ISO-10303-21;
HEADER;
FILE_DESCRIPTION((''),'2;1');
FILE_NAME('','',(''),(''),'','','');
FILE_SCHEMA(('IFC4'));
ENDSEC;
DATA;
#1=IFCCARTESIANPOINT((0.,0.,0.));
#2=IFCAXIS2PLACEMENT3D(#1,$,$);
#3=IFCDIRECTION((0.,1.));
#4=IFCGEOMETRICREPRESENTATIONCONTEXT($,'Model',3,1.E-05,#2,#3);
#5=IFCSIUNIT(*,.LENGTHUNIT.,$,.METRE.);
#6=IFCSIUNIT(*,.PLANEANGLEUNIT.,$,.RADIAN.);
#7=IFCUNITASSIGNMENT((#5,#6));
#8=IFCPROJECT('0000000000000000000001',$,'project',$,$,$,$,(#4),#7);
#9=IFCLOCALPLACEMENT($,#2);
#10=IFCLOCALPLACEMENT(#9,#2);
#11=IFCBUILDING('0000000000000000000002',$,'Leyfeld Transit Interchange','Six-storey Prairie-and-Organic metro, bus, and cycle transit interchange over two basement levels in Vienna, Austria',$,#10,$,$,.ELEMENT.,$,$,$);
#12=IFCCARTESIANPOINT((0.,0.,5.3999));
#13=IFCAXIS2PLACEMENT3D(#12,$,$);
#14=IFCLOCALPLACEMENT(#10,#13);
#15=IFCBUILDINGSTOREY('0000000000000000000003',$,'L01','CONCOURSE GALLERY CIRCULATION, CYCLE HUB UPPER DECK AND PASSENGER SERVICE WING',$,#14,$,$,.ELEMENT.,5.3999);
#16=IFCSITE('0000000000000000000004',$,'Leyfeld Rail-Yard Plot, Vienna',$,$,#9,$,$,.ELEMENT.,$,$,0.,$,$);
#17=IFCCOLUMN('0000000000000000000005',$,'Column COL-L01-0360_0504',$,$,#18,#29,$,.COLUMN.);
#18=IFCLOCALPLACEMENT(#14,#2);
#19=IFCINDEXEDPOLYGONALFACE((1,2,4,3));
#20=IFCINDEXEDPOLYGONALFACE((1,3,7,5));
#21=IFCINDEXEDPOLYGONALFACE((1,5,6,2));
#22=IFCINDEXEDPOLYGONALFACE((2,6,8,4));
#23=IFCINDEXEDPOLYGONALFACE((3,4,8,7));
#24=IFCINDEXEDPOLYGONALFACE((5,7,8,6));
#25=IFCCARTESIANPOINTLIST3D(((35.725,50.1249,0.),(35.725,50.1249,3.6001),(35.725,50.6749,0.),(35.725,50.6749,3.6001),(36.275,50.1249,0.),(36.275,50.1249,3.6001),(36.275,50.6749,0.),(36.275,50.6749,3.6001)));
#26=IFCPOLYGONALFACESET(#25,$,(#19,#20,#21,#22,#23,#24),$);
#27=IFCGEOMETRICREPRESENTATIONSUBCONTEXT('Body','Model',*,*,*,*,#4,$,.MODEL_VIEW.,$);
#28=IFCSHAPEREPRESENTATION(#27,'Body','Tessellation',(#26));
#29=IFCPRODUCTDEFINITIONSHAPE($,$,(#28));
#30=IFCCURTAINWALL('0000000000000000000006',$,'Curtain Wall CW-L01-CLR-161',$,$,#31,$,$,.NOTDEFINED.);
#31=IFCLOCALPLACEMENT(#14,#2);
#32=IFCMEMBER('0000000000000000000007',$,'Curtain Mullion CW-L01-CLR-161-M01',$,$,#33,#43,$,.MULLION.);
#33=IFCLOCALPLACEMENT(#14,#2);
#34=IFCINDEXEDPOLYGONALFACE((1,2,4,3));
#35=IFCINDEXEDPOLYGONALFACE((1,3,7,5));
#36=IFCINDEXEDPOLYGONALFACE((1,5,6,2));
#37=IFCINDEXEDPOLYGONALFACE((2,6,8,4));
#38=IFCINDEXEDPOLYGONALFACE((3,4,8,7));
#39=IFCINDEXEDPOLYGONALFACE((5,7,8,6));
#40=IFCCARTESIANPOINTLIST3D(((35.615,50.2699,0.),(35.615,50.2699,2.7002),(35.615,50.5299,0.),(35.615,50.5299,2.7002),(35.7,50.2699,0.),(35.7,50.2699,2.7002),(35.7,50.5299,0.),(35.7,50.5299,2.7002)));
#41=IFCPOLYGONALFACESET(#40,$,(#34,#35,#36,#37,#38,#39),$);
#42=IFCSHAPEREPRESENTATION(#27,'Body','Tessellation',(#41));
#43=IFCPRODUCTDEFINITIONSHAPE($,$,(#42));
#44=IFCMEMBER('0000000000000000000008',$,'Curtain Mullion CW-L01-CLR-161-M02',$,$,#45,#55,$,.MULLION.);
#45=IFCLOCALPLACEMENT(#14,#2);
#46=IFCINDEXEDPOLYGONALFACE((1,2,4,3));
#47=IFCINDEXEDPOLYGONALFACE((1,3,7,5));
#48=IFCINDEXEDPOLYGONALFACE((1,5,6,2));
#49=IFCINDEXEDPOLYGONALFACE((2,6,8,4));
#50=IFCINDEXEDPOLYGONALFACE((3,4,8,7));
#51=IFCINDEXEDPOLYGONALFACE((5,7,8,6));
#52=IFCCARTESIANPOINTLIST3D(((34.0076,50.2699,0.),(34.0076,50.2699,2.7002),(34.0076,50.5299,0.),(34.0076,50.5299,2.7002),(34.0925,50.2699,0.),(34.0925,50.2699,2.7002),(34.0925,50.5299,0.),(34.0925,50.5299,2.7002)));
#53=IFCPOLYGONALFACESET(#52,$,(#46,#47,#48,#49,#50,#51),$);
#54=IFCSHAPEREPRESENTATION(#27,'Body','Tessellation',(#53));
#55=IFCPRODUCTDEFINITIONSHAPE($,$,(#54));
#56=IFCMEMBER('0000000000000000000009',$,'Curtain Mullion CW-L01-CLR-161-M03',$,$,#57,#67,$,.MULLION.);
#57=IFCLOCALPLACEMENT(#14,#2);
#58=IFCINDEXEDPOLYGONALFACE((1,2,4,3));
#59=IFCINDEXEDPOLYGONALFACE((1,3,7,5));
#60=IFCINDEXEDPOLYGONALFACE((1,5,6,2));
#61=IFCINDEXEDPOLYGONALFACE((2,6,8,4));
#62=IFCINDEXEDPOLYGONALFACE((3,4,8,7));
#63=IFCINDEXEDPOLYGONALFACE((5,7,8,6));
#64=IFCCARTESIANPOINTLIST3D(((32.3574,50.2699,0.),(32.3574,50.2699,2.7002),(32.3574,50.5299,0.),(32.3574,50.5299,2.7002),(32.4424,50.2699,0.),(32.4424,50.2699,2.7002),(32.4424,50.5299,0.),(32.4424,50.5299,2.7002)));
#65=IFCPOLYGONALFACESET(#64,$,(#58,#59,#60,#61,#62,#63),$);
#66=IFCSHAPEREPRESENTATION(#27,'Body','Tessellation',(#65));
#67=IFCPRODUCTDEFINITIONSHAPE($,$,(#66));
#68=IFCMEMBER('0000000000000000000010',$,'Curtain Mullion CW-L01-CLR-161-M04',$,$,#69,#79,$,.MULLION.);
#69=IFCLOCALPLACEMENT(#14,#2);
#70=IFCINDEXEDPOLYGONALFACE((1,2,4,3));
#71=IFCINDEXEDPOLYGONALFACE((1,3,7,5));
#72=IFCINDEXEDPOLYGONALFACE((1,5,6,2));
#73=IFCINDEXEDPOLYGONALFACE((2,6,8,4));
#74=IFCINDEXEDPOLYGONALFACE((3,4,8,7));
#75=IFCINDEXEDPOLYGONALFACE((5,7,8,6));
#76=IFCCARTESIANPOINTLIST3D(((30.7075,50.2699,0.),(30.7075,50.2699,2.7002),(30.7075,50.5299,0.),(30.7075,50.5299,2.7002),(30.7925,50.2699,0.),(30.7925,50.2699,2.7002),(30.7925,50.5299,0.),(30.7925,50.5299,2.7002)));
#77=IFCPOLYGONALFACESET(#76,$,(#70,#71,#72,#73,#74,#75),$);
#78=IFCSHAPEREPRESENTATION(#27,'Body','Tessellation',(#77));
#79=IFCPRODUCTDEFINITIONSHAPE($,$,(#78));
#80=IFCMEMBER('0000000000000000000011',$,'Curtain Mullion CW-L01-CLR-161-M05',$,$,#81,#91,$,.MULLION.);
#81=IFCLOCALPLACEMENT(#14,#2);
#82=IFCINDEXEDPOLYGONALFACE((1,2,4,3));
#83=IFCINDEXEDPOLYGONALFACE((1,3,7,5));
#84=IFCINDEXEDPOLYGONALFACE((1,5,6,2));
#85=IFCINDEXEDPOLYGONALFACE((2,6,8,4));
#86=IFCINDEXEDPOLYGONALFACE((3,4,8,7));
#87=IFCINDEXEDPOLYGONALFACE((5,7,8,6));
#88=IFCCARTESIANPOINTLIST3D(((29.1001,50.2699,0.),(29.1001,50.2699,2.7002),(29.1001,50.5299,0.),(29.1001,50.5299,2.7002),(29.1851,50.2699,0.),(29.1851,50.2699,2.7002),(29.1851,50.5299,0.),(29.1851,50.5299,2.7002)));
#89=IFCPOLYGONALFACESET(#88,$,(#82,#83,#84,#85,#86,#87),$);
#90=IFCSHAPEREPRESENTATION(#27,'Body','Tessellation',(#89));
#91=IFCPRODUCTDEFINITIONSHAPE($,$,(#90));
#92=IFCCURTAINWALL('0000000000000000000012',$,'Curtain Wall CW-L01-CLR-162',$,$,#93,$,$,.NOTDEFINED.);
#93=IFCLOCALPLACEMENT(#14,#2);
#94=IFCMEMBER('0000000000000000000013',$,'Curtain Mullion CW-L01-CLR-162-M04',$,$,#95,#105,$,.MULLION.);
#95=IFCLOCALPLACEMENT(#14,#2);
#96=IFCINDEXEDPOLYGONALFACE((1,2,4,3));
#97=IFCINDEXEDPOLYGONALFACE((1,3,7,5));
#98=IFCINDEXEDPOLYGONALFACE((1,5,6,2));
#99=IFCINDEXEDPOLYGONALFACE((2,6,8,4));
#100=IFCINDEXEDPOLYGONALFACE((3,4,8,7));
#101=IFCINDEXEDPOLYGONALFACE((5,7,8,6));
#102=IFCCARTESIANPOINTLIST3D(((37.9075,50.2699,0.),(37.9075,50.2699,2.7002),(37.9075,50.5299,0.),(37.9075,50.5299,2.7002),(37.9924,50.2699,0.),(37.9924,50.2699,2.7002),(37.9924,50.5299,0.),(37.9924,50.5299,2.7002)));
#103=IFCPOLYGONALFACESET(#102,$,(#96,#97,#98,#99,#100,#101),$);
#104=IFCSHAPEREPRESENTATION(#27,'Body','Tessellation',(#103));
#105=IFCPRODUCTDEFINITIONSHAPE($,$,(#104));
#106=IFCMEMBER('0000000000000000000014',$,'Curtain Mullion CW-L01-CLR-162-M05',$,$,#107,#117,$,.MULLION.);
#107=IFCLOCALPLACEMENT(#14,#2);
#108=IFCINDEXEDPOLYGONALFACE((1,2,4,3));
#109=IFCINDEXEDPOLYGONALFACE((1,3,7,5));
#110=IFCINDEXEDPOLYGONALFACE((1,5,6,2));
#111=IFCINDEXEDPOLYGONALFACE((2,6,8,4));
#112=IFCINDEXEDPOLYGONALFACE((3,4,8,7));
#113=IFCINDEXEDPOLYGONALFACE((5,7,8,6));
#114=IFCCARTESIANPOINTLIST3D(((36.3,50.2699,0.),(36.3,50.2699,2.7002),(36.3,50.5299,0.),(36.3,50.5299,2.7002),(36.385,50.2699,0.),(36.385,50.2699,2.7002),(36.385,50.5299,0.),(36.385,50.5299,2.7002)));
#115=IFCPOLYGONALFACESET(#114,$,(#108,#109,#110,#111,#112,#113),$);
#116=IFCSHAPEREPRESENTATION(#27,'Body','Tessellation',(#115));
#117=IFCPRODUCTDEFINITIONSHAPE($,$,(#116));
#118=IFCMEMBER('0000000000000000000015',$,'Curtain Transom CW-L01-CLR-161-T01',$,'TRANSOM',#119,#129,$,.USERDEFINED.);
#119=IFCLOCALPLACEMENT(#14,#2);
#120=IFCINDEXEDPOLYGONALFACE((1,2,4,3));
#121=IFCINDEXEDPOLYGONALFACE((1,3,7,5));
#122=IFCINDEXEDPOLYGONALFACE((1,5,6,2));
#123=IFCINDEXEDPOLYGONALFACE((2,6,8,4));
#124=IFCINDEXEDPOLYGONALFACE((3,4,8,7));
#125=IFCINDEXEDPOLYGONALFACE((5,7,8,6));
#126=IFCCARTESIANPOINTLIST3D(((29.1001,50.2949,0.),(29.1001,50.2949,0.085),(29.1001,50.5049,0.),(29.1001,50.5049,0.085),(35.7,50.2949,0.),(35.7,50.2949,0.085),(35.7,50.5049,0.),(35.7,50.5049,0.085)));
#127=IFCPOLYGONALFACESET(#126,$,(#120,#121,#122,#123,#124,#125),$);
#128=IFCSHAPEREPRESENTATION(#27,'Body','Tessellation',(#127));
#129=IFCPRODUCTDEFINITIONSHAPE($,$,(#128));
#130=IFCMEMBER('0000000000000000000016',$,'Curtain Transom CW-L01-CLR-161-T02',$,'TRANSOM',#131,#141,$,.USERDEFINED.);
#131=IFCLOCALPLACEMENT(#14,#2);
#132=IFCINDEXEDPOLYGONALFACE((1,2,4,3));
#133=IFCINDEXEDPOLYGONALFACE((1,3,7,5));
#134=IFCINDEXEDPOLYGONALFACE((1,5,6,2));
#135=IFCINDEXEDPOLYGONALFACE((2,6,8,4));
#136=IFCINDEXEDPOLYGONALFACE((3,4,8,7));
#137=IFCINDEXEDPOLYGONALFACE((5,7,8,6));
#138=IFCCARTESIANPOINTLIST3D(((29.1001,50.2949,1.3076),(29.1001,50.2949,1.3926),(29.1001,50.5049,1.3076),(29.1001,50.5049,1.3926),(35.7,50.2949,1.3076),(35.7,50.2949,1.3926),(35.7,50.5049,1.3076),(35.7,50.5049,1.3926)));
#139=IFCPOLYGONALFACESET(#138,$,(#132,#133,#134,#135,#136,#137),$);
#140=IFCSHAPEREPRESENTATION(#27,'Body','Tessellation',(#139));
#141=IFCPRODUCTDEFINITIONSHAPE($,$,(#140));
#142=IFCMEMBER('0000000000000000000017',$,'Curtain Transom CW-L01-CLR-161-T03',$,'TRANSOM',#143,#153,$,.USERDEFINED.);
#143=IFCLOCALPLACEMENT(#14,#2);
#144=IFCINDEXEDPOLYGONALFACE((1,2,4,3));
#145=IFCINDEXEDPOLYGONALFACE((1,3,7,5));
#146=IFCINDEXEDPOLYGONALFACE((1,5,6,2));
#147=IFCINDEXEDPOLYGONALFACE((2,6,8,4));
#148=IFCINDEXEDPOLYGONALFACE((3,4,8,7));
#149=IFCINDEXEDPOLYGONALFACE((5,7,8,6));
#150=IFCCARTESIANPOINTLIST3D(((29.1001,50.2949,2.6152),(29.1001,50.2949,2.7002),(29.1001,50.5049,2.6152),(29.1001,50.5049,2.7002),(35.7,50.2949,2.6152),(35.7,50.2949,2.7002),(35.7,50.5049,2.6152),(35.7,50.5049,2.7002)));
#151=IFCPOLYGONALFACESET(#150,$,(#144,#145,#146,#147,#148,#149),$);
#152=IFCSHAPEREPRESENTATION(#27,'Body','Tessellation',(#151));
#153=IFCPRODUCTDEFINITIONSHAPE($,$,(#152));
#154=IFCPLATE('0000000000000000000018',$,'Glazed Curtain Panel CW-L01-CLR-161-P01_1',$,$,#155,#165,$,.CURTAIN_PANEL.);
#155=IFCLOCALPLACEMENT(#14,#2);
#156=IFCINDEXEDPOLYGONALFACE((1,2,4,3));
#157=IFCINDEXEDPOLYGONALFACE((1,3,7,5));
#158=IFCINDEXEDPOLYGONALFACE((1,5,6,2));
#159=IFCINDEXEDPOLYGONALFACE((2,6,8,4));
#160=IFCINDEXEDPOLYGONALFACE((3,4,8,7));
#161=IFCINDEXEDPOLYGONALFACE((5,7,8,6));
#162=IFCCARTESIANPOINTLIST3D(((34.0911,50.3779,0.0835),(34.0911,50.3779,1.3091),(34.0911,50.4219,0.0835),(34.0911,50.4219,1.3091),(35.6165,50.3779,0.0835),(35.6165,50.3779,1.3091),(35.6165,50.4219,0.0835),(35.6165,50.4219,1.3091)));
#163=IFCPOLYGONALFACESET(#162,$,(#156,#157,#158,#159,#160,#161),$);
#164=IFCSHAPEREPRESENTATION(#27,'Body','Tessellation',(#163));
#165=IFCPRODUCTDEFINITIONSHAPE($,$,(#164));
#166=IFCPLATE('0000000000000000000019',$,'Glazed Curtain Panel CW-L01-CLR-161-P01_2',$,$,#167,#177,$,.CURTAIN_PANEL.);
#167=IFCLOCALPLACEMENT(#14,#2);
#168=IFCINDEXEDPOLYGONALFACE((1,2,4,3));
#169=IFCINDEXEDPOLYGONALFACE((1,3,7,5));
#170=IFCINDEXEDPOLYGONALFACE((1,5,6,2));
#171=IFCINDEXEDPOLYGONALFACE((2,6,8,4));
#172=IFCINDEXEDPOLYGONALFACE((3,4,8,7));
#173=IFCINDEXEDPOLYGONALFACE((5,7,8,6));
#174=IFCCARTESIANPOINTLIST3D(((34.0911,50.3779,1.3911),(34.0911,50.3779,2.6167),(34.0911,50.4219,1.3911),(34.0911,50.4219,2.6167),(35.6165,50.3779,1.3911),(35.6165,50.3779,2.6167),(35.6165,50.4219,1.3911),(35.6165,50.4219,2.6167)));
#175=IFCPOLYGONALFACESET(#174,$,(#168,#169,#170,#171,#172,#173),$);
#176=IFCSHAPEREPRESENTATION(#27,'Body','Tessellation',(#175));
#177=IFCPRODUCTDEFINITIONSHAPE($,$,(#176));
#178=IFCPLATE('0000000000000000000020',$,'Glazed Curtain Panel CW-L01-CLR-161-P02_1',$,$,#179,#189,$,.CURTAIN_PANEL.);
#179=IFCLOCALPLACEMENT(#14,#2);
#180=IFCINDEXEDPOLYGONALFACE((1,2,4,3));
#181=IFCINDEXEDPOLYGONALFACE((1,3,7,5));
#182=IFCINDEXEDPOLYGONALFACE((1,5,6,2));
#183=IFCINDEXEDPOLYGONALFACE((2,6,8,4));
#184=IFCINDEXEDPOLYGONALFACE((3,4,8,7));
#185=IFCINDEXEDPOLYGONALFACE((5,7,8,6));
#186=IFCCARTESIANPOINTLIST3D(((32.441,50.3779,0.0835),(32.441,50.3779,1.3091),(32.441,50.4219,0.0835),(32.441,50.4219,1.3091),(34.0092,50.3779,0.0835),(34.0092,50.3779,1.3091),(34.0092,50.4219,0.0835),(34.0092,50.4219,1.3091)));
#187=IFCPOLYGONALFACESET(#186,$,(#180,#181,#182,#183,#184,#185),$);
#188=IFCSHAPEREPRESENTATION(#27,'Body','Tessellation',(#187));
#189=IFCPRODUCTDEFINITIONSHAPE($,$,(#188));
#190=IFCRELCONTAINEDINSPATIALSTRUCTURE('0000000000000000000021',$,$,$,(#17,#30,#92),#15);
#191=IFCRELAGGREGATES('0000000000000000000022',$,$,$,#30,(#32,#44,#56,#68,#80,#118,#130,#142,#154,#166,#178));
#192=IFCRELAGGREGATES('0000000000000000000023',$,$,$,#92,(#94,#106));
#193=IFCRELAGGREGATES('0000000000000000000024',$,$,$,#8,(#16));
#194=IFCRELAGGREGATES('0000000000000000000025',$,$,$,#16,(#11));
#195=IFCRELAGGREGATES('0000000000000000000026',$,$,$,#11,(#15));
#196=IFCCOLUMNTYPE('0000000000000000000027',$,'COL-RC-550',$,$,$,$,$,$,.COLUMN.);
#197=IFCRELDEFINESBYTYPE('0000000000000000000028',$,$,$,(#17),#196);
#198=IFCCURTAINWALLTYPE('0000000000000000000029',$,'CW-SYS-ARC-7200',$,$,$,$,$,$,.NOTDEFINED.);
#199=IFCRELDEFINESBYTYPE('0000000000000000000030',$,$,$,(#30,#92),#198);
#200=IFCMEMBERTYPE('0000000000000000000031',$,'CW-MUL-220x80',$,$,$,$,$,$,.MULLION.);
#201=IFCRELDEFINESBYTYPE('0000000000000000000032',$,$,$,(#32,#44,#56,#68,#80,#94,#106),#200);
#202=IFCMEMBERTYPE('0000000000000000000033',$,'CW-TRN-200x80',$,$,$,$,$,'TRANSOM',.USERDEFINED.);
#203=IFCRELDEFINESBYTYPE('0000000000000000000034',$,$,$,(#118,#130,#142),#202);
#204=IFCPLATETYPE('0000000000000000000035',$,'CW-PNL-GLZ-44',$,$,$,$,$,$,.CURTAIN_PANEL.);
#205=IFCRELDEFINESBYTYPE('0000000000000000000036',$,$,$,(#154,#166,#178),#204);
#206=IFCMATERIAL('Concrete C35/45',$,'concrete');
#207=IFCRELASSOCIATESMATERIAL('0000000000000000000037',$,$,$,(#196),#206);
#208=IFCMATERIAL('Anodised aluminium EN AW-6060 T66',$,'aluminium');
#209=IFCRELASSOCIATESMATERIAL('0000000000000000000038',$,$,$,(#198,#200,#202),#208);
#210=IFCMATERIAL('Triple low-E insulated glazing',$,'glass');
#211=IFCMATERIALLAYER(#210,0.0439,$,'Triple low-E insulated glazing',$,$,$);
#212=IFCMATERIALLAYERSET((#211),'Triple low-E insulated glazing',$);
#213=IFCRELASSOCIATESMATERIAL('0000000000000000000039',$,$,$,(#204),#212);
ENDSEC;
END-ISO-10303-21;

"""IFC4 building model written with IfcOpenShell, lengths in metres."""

from ifc_helpers import new_model, si_unit, direction, frame, origin, origin_2d, place, context, subcontext, project, spatial, rectangle, extrude, material, layer, layer_set, material_profile, profile_set, type_object, element, aggregate, save


model = new_model("IFC4")

# Units and contexts
model_context = context("Model", 3, precision=1e-05, world=origin(), true_north=direction((0.0, 1.0)))
body_context = subcontext(model_context, "Body", "Model", "MODEL_VIEW")
ifc_project = project(units=[si_unit("LENGTHUNIT", "METRE"), si_unit("PLANEANGLEUNIT", "RADIAN")], contexts=[model_context])

# Site, building, storey
site_placement = place(None, origin())
site = spatial("IfcSite", under=ifc_project, at=site_placement, Name="Leyfeld Rail-Yard Plot, Vienna", CompositionType="ELEMENT", RefElevation=0.0)
building_placement = place(site_placement, origin())
building = spatial("IfcBuilding", under=site, at=building_placement, Name="Leyfeld Transit Interchange", Description="Six-storey Prairie-and-Organic metro, bus, and cycle transit interchange over two basement levels in Vienna, Austria", CompositionType="ELEMENT")
storey_placement = place(building_placement, frame((0.0, 0.0, 5.3999)))
storey = spatial("IfcBuildingStorey", under=building, at=storey_placement, Name="L01", Description="CONCOURSE GALLERY CIRCULATION, CYCLE HUB UPPER DECK AND PASSENGER SERVICE WING", CompositionType="ELEMENT", Elevation=5.3999)

# Column
ifc_material_1 = material(Name="Concrete C35/45", Category="concrete")
ifc_material_profile_1 = material_profile(ifc_material_1, rectangle(XDim=0.55, YDim=0.55, at=origin_2d()), Name="RC 550x550")
ifc_profile_set_1 = profile_set([ifc_material_profile_1], Name="Concrete C35/45")
column_type = type_object("IfcColumnType", Name="COL-RC-550", PredefinedType="COLUMN", material=ifc_profile_set_1)
column_placement = place(storey_placement, frame((36.0, 50.3999, 0.0), z_axis=(0.0, 0.0, 1.0), x_axis=(1.0, 0.0, 0.0)))
element("IfcColumn", 1, at=column_placement, inside=storey, type_object=column_type, Name="Column COL-L01-0360_0504", PredefinedType="COLUMN", context=body_context, shape_type="SweptSolid", body=[
    extrude(rectangle(XDim=0.55, YDim=0.55, at=origin_2d()), origin(), (0.0, 0.0, 1.0), 3.6001),
])

# Curtain walls, members
ifc_material_2 = material(Name="Anodised aluminium EN AW-6060 T66", Category="aluminium")
curtain_wall_type = type_object("IfcCurtainWallType", Name="CW-SYS-ARC-7200", PredefinedType="NOTDEFINED", material=ifc_material_2)
curtain_wall_1_placement = place(storey_placement, origin())
curtain_wall_1 = element("IfcCurtainWall", 2, at=curtain_wall_1_placement, inside=storey, type_object=curtain_wall_type, Name="Curtain Wall CW-L01-CLR-161", PredefinedType="NOTDEFINED")
ifc_material_profile_2 = material_profile(ifc_material_2, rectangle(XDim=0.085, YDim=0.26, at=origin_2d()), Name="CW-M 85x260")
ifc_profile_set_2 = profile_set([ifc_material_profile_2], Name="Anodised aluminium EN AW-6060 T66")
member_type_1 = type_object("IfcMemberType", Name="CW-MUL-220x80", PredefinedType="MULLION", material=ifc_profile_set_2)
member_1_placement = place(storey_placement, frame((35.6575, 50.3999, 0.0), z_axis=(0.0, 0.0, 1.0), x_axis=(-1.0, 0.0, 0.0)))
member_1 = element("IfcMember", 3, at=member_1_placement, type_object=member_type_1, Name="Curtain Mullion CW-L01-CLR-161-M01", PredefinedType="MULLION", context=body_context, shape_type="SweptSolid", body=[
    extrude(rectangle(XDim=0.085, YDim=0.26, at=origin_2d()), origin(), (0.0, 0.0, 1.0), 2.7002),
])
member_2_placement = place(storey_placement, frame((34.05, 50.3999, 0.0), z_axis=(0.0, 0.0, 1.0), x_axis=(-1.0, 0.0, 0.0)))
member_2 = element("IfcMember", 4, at=member_2_placement, type_object=member_type_1, Name="Curtain Mullion CW-L01-CLR-161-M02", PredefinedType="MULLION", context=body_context, shape_type="SweptSolid", body=[
    extrude(rectangle(XDim=0.085, YDim=0.26, at=origin_2d()), origin(), (0.0, 0.0, 1.0), 2.7002),
])
member_3_placement = place(storey_placement, frame((32.3999, 50.3999, 0.0), z_axis=(0.0, 0.0, 1.0), x_axis=(-1.0, 0.0, 0.0)))
member_3 = element("IfcMember", 5, at=member_3_placement, type_object=member_type_1, Name="Curtain Mullion CW-L01-CLR-161-M03", PredefinedType="MULLION", context=body_context, shape_type="SweptSolid", body=[
    extrude(rectangle(XDim=0.085, YDim=0.26, at=origin_2d()), origin(), (0.0, 0.0, 1.0), 2.7002),
])
member_4_placement = place(storey_placement, frame((30.75, 50.3999, 0.0), z_axis=(0.0, 0.0, 1.0), x_axis=(-1.0, 0.0, 0.0)))
member_4 = element("IfcMember", 6, at=member_4_placement, type_object=member_type_1, Name="Curtain Mullion CW-L01-CLR-161-M04", PredefinedType="MULLION", context=body_context, shape_type="SweptSolid", body=[
    extrude(rectangle(XDim=0.085, YDim=0.26, at=origin_2d()), origin(), (0.0, 0.0, 1.0), 2.7002),
])
member_5_placement = place(storey_placement, frame((29.1426, 50.3999, 0.0), z_axis=(0.0, 0.0, 1.0), x_axis=(-1.0, 0.0, 0.0)))
member_5 = element("IfcMember", 7, at=member_5_placement, type_object=member_type_1, Name="Curtain Mullion CW-L01-CLR-161-M05", PredefinedType="MULLION", context=body_context, shape_type="SweptSolid", body=[
    extrude(rectangle(XDim=0.085, YDim=0.26, at=origin_2d()), origin(), (0.0, 0.0, 1.0), 2.7002),
])
curtain_wall_2_placement = place(storey_placement, origin())
curtain_wall_2 = element("IfcCurtainWall", 8, at=curtain_wall_2_placement, inside=storey, type_object=curtain_wall_type, Name="Curtain Wall CW-L01-CLR-162", PredefinedType="NOTDEFINED")
member_6_placement = place(storey_placement, frame((37.95, 50.3999, 0.0), z_axis=(0.0, 0.0, 1.0), x_axis=(-1.0, 0.0, 0.0)))
member_6 = element("IfcMember", 9, at=member_6_placement, type_object=member_type_1, Name="Curtain Mullion CW-L01-CLR-162-M04", PredefinedType="MULLION", context=body_context, shape_type="SweptSolid", body=[
    extrude(rectangle(XDim=0.085, YDim=0.26, at=origin_2d()), origin(), (0.0, 0.0, 1.0), 2.7002),
])
member_7_placement = place(storey_placement, frame((36.3425, 50.3999, 0.0), z_axis=(0.0, 0.0, 1.0), x_axis=(-1.0, 0.0, 0.0)))
member_7 = element("IfcMember", 10, at=member_7_placement, type_object=member_type_1, Name="Curtain Mullion CW-L01-CLR-162-M05", PredefinedType="MULLION", context=body_context, shape_type="SweptSolid", body=[
    extrude(rectangle(XDim=0.085, YDim=0.26, at=origin_2d()), origin(), (0.0, 0.0, 1.0), 2.7002),
])

# Members
ifc_material_profile_3 = material_profile(ifc_material_2, rectangle(XDim=0.21, YDim=0.085, at=origin_2d()), Name="CW-TRN-200x80")
ifc_profile_set_3 = profile_set([ifc_material_profile_3], Name="Anodised aluminium EN AW-6060 T66")
member_type_2 = type_object("IfcMemberType", Name="CW-TRN-200x80", ElementType="TRANSOM", PredefinedType="USERDEFINED", material=ifc_profile_set_3)
member_8_placement = place(storey_placement, frame((35.7, 50.3999, 0.0425), z_axis=(-1.0, 0.0, 0.0), x_axis=(0.0, -1.0, 0.0)))
member_8 = element("IfcMember", 11, at=member_8_placement, type_object=member_type_2, Name="Curtain Transom CW-L01-CLR-161-T01", ObjectType="TRANSOM", PredefinedType="USERDEFINED", context=body_context, shape_type="SweptSolid", body=[
    extrude(rectangle(XDim=0.21, YDim=0.085, at=origin_2d()), origin(), (0.0, 0.0, 1.0), 6.5999),
])
member_9_placement = place(storey_placement, frame((35.7, 50.3999, 1.3501), z_axis=(-1.0, 0.0, 0.0), x_axis=(0.0, -1.0, 0.0)))
member_9 = element("IfcMember", 12, at=member_9_placement, type_object=member_type_2, Name="Curtain Transom CW-L01-CLR-161-T02", ObjectType="TRANSOM", PredefinedType="USERDEFINED", context=body_context, shape_type="SweptSolid", body=[
    extrude(rectangle(XDim=0.21, YDim=0.085, at=origin_2d()), origin(), (0.0, 0.0, 1.0), 6.5999),
])
member_10_placement = place(storey_placement, frame((35.7, 50.3999, 2.6577), z_axis=(-1.0, 0.0, 0.0), x_axis=(0.0, -1.0, 0.0)))
member_10 = element("IfcMember", 13, at=member_10_placement, type_object=member_type_2, Name="Curtain Transom CW-L01-CLR-161-T03", ObjectType="TRANSOM", PredefinedType="USERDEFINED", context=body_context, shape_type="SweptSolid", body=[
    extrude(rectangle(XDim=0.21, YDim=0.085, at=origin_2d()), origin(), (0.0, 0.0, 1.0), 6.5999),
])

# Plates
ifc_material_3 = material(Name="Triple low-E insulated glazing", Category="glass")
ifc_layer = layer(ifc_material_3, 0.0439, Name="Triple low-E insulated glazing")
ifc_layer_set = layer_set([ifc_layer], Name="Triple low-E insulated glazing")
plate_type = type_object("IfcPlateType", Name="CW-PNL-GLZ-44", PredefinedType="CURTAIN_PANEL", material=ifc_layer_set)
plate_1_placement = place(storey_placement, frame((34.8538, 50.3999, 0.0835), z_axis=(0.0, 0.0, 1.0), x_axis=(-1.0, 0.0, 0.0)))
plate_1 = element("IfcPlate", 14, at=plate_1_placement, type_object=plate_type, Name="Glazed Curtain Panel CW-L01-CLR-161-P01_1", PredefinedType="CURTAIN_PANEL", context=body_context, shape_type="SweptSolid", body=[
    extrude(rectangle(XDim=1.5254, YDim=0.0439, at=origin_2d()), origin(), (0.0, 0.0, 1.0), 1.2256),
])
plate_2_placement = place(storey_placement, frame((34.8538, 50.3999, 1.3911), z_axis=(0.0, 0.0, 1.0), x_axis=(-1.0, 0.0, 0.0)))
plate_2 = element("IfcPlate", 15, at=plate_2_placement, type_object=plate_type, Name="Glazed Curtain Panel CW-L01-CLR-161-P01_2", PredefinedType="CURTAIN_PANEL", context=body_context, shape_type="SweptSolid", body=[
    extrude(rectangle(XDim=1.5254, YDim=0.0439, at=origin_2d()), origin(), (0.0, 0.0, 1.0), 1.2256),
])
plate_3_placement = place(storey_placement, frame((33.2251, 50.3999, 0.0835), z_axis=(0.0, 0.0, 1.0), x_axis=(-1.0, 0.0, 0.0)))
plate_3 = element("IfcPlate", 16, at=plate_3_placement, type_object=plate_type, Name="Glazed Curtain Panel CW-L01-CLR-161-P02_1", PredefinedType="CURTAIN_PANEL", context=body_context, shape_type="SweptSolid", body=[
    extrude(rectangle(XDim=1.5681, YDim=0.0439, at=origin_2d()), origin(), (0.0, 0.0, 1.0), 1.2256),
])
aggregate(curtain_wall_1, [member_1, member_2, member_3, member_4, member_5, member_8, member_9, member_10, plate_1, plate_2, plate_3])
aggregate(curtain_wall_2, [member_6, member_7])

save(model, "model.ifc")
